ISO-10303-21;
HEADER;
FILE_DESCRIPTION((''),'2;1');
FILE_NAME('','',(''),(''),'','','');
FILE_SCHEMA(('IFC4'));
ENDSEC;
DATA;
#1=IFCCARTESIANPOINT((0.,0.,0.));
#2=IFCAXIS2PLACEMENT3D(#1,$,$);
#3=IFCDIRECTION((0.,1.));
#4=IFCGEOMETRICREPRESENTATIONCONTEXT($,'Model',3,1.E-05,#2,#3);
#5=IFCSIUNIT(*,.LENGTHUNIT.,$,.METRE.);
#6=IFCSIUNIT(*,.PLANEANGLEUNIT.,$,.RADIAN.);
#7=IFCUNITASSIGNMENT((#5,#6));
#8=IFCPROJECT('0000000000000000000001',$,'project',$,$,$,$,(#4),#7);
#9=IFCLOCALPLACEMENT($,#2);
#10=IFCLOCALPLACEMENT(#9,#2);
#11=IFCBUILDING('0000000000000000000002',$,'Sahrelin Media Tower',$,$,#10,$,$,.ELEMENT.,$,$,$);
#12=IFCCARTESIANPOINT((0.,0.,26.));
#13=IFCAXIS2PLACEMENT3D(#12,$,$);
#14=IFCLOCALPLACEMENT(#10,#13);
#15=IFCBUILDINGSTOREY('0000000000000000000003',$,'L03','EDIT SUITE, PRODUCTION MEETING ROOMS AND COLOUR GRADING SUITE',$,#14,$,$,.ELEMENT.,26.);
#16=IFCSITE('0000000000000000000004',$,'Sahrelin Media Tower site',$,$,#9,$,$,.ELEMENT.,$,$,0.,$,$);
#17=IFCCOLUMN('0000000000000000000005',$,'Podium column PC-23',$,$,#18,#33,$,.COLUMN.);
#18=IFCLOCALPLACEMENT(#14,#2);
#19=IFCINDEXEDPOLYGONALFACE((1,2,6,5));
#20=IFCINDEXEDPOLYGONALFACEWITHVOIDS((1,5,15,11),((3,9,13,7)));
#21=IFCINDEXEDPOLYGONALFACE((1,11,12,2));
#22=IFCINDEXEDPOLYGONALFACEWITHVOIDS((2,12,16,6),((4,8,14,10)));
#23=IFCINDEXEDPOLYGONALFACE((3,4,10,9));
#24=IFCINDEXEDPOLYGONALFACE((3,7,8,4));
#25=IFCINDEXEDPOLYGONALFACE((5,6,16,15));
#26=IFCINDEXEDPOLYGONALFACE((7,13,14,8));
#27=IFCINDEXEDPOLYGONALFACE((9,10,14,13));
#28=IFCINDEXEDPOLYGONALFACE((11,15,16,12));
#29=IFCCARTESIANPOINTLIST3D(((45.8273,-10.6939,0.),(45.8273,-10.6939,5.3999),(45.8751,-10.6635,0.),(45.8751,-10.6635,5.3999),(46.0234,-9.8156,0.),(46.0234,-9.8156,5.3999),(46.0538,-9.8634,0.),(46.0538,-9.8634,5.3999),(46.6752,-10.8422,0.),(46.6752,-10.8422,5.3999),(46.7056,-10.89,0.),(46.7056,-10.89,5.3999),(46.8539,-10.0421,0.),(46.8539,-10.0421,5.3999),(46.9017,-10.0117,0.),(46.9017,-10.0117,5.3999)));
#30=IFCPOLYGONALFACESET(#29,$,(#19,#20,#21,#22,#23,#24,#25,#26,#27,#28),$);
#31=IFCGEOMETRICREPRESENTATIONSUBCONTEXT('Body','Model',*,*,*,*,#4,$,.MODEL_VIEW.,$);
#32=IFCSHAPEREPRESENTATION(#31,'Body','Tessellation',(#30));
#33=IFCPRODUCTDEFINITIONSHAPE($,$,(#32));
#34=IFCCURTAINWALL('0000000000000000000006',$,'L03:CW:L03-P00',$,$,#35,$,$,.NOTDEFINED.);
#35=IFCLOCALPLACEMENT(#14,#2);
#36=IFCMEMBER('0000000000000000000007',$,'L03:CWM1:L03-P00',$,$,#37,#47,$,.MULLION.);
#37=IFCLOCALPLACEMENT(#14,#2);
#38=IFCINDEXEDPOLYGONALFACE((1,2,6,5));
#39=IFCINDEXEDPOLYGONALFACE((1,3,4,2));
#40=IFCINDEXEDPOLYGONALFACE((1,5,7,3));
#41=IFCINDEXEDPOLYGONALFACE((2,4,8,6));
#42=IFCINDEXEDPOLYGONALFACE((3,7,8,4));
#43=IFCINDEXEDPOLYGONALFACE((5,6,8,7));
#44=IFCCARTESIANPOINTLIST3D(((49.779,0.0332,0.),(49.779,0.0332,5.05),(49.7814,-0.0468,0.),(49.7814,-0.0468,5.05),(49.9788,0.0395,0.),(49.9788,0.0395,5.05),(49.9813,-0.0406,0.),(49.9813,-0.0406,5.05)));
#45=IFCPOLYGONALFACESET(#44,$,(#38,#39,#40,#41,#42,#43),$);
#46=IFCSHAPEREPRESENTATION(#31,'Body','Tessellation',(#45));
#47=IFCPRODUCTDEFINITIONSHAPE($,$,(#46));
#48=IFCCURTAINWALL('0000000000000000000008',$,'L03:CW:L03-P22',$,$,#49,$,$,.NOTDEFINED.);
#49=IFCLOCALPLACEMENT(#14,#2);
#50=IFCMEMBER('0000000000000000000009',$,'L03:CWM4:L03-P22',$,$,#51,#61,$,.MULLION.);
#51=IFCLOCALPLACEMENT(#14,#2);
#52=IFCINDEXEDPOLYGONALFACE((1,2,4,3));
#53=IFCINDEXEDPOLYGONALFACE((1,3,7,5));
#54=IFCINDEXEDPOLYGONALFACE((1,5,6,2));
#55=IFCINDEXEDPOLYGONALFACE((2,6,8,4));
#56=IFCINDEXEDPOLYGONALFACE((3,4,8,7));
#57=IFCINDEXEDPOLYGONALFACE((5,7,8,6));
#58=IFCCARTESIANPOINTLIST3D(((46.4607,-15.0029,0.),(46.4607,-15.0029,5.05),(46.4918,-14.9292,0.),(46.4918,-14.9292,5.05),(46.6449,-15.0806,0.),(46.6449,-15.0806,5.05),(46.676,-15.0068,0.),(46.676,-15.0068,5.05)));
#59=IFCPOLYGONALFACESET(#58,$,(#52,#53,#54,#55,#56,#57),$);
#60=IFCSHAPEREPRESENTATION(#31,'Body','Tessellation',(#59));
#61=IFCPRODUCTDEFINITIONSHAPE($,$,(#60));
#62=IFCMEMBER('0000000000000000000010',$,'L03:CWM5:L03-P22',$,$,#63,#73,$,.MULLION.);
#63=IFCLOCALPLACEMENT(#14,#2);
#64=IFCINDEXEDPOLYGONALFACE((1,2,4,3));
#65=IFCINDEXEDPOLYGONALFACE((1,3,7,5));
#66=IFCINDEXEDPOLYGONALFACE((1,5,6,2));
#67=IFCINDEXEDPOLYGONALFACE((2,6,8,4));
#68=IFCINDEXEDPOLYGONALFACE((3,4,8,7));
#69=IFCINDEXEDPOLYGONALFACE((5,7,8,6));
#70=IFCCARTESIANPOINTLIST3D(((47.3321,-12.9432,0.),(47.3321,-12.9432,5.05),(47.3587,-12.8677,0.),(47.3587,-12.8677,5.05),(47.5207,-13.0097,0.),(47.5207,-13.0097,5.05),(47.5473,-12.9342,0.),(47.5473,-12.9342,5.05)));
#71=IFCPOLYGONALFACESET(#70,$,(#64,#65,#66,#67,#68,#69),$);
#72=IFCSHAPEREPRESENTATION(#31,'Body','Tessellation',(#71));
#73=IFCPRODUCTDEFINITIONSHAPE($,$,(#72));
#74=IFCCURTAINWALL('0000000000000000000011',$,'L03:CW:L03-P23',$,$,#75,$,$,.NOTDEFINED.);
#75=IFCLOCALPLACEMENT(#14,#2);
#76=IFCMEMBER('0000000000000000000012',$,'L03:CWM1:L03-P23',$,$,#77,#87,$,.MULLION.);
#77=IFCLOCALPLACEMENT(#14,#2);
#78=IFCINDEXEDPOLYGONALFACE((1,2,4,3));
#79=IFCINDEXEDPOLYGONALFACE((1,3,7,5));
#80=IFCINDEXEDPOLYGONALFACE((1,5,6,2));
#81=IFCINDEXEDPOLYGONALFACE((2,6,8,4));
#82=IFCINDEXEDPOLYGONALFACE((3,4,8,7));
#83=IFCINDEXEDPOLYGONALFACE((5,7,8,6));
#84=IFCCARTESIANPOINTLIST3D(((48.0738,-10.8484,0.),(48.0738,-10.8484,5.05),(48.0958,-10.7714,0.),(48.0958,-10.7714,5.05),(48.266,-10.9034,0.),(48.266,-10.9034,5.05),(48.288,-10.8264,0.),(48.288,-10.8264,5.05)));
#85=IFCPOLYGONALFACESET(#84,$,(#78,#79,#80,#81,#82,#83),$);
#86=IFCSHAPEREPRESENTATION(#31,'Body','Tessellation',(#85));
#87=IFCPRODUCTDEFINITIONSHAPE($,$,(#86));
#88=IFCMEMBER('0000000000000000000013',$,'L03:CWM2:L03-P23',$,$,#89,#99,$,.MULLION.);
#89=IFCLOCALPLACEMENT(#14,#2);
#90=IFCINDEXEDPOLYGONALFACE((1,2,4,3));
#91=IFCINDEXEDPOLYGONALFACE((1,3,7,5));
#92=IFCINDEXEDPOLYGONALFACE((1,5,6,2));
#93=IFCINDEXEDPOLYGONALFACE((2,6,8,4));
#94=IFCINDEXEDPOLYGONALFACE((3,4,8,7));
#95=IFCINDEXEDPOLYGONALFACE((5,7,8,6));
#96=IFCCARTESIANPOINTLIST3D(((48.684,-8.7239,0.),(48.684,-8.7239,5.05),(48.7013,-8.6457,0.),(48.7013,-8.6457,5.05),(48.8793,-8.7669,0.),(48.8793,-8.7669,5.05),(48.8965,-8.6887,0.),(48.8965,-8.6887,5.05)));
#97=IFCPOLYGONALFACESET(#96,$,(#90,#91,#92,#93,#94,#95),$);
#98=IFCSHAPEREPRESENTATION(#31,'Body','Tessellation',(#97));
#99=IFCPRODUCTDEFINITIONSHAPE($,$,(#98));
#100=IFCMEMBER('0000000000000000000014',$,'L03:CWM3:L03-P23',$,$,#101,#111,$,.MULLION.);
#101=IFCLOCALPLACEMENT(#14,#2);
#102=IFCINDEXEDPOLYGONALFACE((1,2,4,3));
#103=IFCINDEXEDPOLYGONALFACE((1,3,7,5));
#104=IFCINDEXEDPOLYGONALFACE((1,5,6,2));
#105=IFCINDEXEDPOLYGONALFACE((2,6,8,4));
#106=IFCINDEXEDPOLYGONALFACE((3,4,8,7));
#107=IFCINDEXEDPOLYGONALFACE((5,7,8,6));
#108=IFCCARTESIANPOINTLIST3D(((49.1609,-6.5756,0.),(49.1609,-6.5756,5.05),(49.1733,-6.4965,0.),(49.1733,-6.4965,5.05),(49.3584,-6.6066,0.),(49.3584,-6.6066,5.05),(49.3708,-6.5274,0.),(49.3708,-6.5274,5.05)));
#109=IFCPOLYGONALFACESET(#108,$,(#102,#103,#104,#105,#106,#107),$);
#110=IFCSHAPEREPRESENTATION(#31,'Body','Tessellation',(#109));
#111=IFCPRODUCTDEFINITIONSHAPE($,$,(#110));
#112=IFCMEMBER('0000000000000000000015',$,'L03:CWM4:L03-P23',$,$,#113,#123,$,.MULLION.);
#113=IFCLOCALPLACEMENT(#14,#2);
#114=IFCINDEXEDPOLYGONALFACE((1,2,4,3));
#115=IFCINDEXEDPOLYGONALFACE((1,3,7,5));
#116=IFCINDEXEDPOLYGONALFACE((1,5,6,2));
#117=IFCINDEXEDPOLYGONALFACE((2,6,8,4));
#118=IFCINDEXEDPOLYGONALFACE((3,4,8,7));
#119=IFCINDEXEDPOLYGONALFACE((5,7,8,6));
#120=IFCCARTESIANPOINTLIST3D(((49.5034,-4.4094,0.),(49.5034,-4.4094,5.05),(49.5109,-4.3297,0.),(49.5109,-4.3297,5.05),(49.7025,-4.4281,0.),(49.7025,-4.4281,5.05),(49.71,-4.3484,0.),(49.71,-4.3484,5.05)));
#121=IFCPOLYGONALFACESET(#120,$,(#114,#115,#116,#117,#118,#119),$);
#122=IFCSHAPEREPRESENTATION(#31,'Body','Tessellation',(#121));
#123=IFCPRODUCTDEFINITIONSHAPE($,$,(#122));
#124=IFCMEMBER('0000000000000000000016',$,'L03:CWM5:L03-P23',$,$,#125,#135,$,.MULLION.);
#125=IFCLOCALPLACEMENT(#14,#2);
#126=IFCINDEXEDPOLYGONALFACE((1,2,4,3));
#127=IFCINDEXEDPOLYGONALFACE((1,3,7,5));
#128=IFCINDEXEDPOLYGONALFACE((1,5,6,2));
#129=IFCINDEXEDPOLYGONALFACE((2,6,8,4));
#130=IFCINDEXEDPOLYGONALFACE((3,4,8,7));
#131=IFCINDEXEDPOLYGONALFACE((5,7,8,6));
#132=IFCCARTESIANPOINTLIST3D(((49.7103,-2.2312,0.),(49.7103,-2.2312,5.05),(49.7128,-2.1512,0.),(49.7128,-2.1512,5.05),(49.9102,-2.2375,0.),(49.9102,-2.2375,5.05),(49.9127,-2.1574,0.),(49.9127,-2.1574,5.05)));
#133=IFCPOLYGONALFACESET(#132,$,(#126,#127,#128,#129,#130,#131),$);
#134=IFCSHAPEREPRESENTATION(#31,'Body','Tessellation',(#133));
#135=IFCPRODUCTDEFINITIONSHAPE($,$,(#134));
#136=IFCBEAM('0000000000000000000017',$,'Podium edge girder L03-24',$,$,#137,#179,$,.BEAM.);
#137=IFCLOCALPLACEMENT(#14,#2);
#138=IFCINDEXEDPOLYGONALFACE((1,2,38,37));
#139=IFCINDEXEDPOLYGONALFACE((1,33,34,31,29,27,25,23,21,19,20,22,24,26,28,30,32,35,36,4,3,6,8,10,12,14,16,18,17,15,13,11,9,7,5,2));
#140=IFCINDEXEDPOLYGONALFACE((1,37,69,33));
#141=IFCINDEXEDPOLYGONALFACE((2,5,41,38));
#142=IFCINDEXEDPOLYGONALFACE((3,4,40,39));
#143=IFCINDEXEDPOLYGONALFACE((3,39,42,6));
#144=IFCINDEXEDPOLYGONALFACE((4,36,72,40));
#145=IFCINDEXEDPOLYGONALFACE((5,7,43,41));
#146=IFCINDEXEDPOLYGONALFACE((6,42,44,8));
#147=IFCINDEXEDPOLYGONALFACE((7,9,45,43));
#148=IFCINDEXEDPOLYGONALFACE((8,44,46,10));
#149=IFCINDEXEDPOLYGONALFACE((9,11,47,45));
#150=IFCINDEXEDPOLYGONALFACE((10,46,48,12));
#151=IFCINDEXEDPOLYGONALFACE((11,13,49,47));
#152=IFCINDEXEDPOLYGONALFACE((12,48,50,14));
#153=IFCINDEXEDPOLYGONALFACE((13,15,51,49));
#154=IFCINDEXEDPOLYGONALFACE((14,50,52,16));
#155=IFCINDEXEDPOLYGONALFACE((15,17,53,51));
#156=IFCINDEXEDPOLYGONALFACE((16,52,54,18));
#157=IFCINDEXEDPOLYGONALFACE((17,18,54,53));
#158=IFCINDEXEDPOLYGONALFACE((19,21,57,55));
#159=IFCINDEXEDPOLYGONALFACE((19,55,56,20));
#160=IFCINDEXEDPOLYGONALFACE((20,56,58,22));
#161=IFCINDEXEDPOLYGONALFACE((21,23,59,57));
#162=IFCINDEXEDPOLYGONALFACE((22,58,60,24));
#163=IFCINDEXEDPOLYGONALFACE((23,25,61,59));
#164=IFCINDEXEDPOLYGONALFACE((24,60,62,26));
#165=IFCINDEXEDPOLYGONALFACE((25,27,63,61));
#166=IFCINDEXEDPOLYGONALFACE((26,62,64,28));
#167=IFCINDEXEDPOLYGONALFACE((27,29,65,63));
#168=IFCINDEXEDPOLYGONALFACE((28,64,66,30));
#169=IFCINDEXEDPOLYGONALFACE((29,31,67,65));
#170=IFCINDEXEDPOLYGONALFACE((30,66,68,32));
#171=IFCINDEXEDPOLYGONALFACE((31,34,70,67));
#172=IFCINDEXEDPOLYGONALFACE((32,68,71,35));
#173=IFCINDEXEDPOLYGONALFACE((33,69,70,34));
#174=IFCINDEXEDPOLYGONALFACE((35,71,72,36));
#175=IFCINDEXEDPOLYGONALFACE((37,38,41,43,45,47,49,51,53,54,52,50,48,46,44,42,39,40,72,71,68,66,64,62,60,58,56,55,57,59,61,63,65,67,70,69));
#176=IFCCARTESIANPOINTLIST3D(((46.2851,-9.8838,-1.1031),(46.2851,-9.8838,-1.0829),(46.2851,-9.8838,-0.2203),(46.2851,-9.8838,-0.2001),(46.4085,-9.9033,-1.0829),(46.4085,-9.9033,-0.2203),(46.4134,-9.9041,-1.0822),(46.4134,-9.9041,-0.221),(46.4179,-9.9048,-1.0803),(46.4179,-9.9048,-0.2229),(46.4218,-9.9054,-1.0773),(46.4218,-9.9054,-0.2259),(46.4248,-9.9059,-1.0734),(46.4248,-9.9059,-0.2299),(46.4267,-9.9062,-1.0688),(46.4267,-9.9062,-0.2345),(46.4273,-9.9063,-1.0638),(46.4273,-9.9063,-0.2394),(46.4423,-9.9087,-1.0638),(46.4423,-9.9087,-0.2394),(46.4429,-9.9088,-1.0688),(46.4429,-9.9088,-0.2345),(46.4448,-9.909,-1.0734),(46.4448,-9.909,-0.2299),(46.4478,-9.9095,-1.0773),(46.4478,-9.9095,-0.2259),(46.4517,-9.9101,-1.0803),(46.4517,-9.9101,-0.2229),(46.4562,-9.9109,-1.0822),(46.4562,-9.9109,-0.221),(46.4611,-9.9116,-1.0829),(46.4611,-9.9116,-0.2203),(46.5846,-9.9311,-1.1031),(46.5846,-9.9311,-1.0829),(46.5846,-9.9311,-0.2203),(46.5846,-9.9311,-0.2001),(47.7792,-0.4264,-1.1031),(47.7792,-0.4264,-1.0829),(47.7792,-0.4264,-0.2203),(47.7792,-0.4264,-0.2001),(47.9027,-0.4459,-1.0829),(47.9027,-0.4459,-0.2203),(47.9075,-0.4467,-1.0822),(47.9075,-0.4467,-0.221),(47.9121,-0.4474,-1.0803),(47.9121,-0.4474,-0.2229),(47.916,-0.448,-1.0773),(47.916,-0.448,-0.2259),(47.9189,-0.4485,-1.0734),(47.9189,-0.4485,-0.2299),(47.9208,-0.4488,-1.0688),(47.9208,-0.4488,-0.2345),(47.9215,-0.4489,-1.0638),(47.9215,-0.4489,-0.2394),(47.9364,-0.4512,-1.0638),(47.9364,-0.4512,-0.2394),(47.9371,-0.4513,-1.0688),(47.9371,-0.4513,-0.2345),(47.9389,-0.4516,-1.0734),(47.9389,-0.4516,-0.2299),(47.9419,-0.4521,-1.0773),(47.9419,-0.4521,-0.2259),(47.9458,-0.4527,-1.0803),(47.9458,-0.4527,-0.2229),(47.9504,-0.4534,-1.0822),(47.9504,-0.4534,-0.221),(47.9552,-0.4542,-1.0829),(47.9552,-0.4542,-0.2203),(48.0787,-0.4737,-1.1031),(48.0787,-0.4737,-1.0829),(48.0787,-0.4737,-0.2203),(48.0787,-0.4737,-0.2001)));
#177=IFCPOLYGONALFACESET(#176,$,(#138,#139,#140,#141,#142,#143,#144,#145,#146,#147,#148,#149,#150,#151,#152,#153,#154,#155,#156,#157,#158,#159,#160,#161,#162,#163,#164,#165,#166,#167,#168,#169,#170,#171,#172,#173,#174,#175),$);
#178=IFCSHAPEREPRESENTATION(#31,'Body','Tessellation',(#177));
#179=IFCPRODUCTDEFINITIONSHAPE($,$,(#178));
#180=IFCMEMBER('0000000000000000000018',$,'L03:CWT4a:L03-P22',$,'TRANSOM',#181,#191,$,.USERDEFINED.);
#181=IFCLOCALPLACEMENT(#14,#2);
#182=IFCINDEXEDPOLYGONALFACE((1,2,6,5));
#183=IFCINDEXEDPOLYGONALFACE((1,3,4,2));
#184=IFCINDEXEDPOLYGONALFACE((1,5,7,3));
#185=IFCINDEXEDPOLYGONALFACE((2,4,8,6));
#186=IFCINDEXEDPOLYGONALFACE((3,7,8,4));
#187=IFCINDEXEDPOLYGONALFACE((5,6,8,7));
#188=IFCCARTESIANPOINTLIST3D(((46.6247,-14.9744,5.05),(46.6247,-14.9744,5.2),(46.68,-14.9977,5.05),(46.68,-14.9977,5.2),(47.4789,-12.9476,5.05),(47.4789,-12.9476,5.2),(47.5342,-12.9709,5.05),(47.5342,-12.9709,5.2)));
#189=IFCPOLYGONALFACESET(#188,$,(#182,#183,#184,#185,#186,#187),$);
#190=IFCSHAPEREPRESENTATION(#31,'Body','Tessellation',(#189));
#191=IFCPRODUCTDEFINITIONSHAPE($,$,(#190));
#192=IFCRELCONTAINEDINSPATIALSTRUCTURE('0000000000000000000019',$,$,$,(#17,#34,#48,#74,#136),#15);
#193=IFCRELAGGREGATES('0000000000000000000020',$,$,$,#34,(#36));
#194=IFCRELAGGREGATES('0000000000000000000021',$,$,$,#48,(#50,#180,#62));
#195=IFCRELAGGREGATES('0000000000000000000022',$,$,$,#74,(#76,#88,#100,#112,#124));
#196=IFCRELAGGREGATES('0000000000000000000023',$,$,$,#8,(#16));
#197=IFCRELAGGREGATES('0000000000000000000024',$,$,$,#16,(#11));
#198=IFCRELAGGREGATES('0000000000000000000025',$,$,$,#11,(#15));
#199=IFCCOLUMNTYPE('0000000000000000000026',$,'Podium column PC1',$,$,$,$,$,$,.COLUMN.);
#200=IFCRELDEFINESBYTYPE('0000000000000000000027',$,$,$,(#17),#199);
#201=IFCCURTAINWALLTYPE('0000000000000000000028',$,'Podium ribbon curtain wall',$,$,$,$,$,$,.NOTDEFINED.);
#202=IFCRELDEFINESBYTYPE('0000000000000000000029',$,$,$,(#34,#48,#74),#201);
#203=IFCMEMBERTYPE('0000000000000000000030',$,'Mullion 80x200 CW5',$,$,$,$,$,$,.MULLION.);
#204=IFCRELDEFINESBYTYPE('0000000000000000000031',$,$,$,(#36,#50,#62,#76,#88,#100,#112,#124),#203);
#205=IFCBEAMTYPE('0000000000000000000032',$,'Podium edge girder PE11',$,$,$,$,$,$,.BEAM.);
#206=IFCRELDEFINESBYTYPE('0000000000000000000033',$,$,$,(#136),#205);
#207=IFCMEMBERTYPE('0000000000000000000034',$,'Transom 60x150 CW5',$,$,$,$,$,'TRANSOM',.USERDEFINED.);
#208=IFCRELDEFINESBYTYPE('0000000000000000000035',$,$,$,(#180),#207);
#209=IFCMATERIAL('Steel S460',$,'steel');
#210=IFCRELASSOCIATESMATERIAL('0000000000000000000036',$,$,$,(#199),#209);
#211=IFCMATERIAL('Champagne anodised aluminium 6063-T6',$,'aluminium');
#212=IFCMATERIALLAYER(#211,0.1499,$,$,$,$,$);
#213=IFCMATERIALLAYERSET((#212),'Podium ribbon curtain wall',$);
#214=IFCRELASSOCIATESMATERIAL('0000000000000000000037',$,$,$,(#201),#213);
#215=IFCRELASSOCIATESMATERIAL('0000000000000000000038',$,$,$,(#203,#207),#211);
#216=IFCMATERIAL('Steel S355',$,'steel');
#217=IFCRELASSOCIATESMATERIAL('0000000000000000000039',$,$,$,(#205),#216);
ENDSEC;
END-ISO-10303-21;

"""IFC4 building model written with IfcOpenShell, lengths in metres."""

from ifc_helpers import new_model, si_unit, direction, frame, origin, origin_2d, place, context, subcontext, project, spatial, rectangle, hollow_rectangle, i_section, extrude, material, layer, layer_set, material_profile, profile_set, type_object, element, aggregate, save


model = new_model("IFC4")

# Units and contexts
model_context = context("Model", 3, precision=1e-05, world=origin(), true_north=direction((0.0, 1.0)))
body_context = subcontext(model_context, "Body", "Model", "MODEL_VIEW")
ifc_project = project(units=[si_unit("LENGTHUNIT", "METRE"), si_unit("PLANEANGLEUNIT", "RADIAN")], contexts=[model_context])

# Site, building, storey
site_placement = place(None, origin())
site = spatial("IfcSite", under=ifc_project, at=site_placement, Name="Sahrelin Media Tower site", CompositionType="ELEMENT", RefElevation=0.0)
building_placement = place(site_placement, origin())
building = spatial("IfcBuilding", under=site, at=building_placement, Name="Sahrelin Media Tower", CompositionType="ELEMENT")
storey_placement = place(building_placement, frame((0.0, 0.0, 26.0)))
storey = spatial("IfcBuildingStorey", under=building, at=storey_placement, Name="L03", Description="EDIT SUITE, PRODUCTION MEETING ROOMS AND COLOUR GRADING SUITE", CompositionType="ELEMENT", Elevation=26.0)

# Column
ifc_material_1 = material(Name="Steel S460", Category="steel")
ifc_material_profile_1 = material_profile(ifc_material_1, hollow_rectangle(XDim=0.8999, YDim=0.8999, WallThickness=0.04, at=origin_2d()), Name="Podium column PC1")
ifc_profile_set_1 = profile_set([ifc_material_profile_1], Name="Steel S460")
column_type = type_object("IfcColumnType", Name="Podium column PC1", PredefinedType="COLUMN", material=ifc_profile_set_1)
column_placement = place(storey_placement, frame((46.3645, -10.3528, 0.0), z_axis=(0.0, 0.0, 1.0), x_axis=(0.975965, -0.217925, 0.0)))
element("IfcColumn", 1, at=column_placement, inside=storey, type_object=column_type, Name="Podium column PC-23", PredefinedType="COLUMN", context=body_context, shape_type="SweptSolid", body=[
    extrude(hollow_rectangle(XDim=0.8999, YDim=0.8999, WallThickness=0.04, at=origin_2d()), origin(), (0.0, 0.0, 1.0), 5.3999),
])

# Curtain wall, member
ifc_material_2 = material(Name="Champagne anodised aluminium 6063-T6", Category="aluminium")
ifc_layer_1 = layer(ifc_material_2, 0.1499)
ifc_layer_set_1 = layer_set([ifc_layer_1], Name="Podium ribbon curtain wall")
curtain_wall_type = type_object("IfcCurtainWallType", Name="Podium ribbon curtain wall", PredefinedType="NOTDEFINED", material=ifc_layer_set_1)
curtain_wall_1_placement = place(storey_placement, frame((50.0, 0.0, 0.0), z_axis=(0.0, 0.0, 1.0), x_axis=(1.0, 0.0, 0.0)))
curtain_wall_1 = element("IfcCurtainWall", 2, at=curtain_wall_1_placement, inside=storey, type_object=curtain_wall_type, Name="L03:CW:L03-P00", PredefinedType="NOTDEFINED")
ifc_material_profile_2 = material_profile(ifc_material_2, rectangle(XDim=0.0801, YDim=0.2, at=origin_2d()), Name="Mullion 80x200")
ifc_profile_set_2 = profile_set([ifc_material_profile_2], Name="Champagne anodised aluminium 6063-T6")
member_type_1 = type_object("IfcMemberType", Name="Mullion 80x200 CW5", PredefinedType="MULLION", material=ifc_profile_set_2)
member_1_placement = place(storey_placement, frame((49.8801, -0.0037, 0.0), z_axis=(0.0, 0.0, 1.0), x_axis=(-0.031147, 0.999515, 0.0)))
member_1 = element("IfcMember", 3, at=member_1_placement, type_object=member_type_1, Name="L03:CWM1:L03-P00", PredefinedType="MULLION", context=body_context, shape_type="SweptSolid", body=[
    extrude(rectangle(XDim=0.0801, YDim=0.2, at=origin_2d()), origin(), (0.0, 0.0, 1.0), 5.05),
])
aggregate(curtain_wall_1, [member_1])

# Curtain walls, members
curtain_wall_2_placement = place(storey_placement, frame((43.3013, -21.0, 0.0), z_axis=(0.0, 0.0, 1.0), x_axis=(1.0, 0.0, 0.0)))
curtain_wall_2 = element("IfcCurtainWall", 4, at=curtain_wall_2_placement, inside=storey, type_object=curtain_wall_type, Name="L03:CW:L03-P22", PredefinedType="NOTDEFINED")
member_2_placement = place(storey_placement, frame((46.5684, -15.0049, 0.0), z_axis=(0.0, 0.0, 1.0), x_axis=(0.38845, 0.92147, 0.0)))
member_2 = element("IfcMember", 5, at=member_2_placement, type_object=member_type_1, Name="L03:CWM4:L03-P22", PredefinedType="MULLION", context=body_context, shape_type="SweptSolid", body=[
    extrude(rectangle(XDim=0.0801, YDim=0.2, at=origin_2d()), origin(), (0.0, 0.0, 1.0), 5.05),
])
member_3_placement = place(storey_placement, frame((47.4397, -12.9387, 0.0), z_axis=(0.0, 0.0, 1.0), x_axis=(0.332579, 0.943075, 0.0)))
member_3 = element("IfcMember", 6, at=member_3_placement, type_object=member_type_1, Name="L03:CWM5:L03-P22", PredefinedType="MULLION", context=body_context, shape_type="SweptSolid", body=[
    extrude(rectangle(XDim=0.0801, YDim=0.2, at=origin_2d()), origin(), (0.0, 0.0, 1.0), 5.05),
])
curtain_wall_3_placement = place(storey_placement, frame((48.2964, -10.8704, 0.0), z_axis=(0.0, 0.0, 1.0), x_axis=(1.0, 0.0, 0.0)))
curtain_wall_3 = element("IfcCurtainWall", 7, at=curtain_wall_3_placement, inside=storey, type_object=curtain_wall_type, Name="L03:CW:L03-P23", PredefinedType="NOTDEFINED")
member_4_placement = place(storey_placement, frame((48.1809, -10.8374, 0.0), z_axis=(0.0, 0.0, 1.0), x_axis=(0.27481, 0.961499, 0.0)))
member_4 = element("IfcMember", 8, at=member_4_placement, type_object=member_type_1, Name="L03:CWM1:L03-P23", PredefinedType="MULLION", context=body_context, shape_type="SweptSolid", body=[
    extrude(rectangle(XDim=0.0801, YDim=0.2, at=origin_2d()), origin(), (0.0, 0.0, 1.0), 5.05),
])
member_5_placement = place(storey_placement, frame((48.7903, -8.7063, 0.0), z_axis=(0.0, 0.0, 1.0), x_axis=(0.215438, 0.976518, 0.0)))
member_5 = element("IfcMember", 9, at=member_5_placement, type_object=member_type_1, Name="L03:CWM2:L03-P23", PredefinedType="MULLION", context=body_context, shape_type="SweptSolid", body=[
    extrude(rectangle(XDim=0.0801, YDim=0.2, at=origin_2d()), origin(), (0.0, 0.0, 1.0), 5.05),
])
member_6_placement = place(storey_placement, frame((49.2659, -6.5515, 0.0), z_axis=(0.0, 0.0, 1.0), x_axis=(0.154852, 0.987938, 0.0)))
member_6 = element("IfcMember", 10, at=member_6_placement, type_object=member_type_1, Name="L03:CWM3:L03-P23", PredefinedType="MULLION", context=body_context, shape_type="SweptSolid", body=[
    extrude(rectangle(XDim=0.0801, YDim=0.2, at=origin_2d()), origin(), (0.0, 0.0, 1.0), 5.05),
])
member_7_placement = place(storey_placement, frame((49.6067, -4.3789, 0.0), z_axis=(0.0, 0.0, 1.0), x_axis=(0.093292, 0.995639, 0.0)))
member_7 = element("IfcMember", 11, at=member_7_placement, type_object=member_type_1, Name="L03:CWM4:L03-P23", PredefinedType="MULLION", context=body_context, shape_type="SweptSolid", body=[
    extrude(rectangle(XDim=0.0801, YDim=0.2, at=origin_2d()), origin(), (0.0, 0.0, 1.0), 5.05),
])
member_8_placement = place(storey_placement, frame((49.8115, -2.1943, 0.0), z_axis=(0.0, 0.0, 1.0), x_axis=(0.031147, 0.999515, 0.0)))
member_8 = element("IfcMember", 12, at=member_8_placement, type_object=member_type_1, Name="L03:CWM5:L03-P23", PredefinedType="MULLION", context=body_context, shape_type="SweptSolid", body=[
    extrude(rectangle(XDim=0.0801, YDim=0.2, at=origin_2d()), origin(), (0.0, 0.0, 1.0), 5.05),
])

# Beam
ifc_material_3 = material(Name="Steel S355", Category="steel")
ifc_material_profile_3 = material_profile(ifc_material_3, i_section(OverallWidth=0.3032, OverallDepth=0.9031, WebThickness=0.0151, FlangeThickness=0.0203, FilletRadius=0.019, at=origin_2d()), Name="UB 914x305x201")
ifc_profile_set_3 = profile_set([ifc_material_profile_3], Name="Steel S355")
beam_type = type_object("IfcBeamType", Name="Podium edge girder PE11", PredefinedType="BEAM", material=ifc_profile_set_3)
beam_placement = place(storey_placement, frame((46.4348, -9.9075, -0.6516), z_axis=(0.156049, 0.987749, 0.0), x_axis=(-0.987749, 0.156049, 0.0)))
element("IfcBeam", 13, at=beam_placement, inside=storey, type_object=beam_type, Name="Podium edge girder L03-24", PredefinedType="BEAM", context=body_context, shape_type="SweptSolid", body=[
    extrude(i_section(OverallWidth=0.3032, OverallDepth=0.9031, WebThickness=0.0151, FlangeThickness=0.0203, FilletRadius=0.019, at=origin_2d()), origin(), (0.0, 0.0, 1.0), 9.5747),
])

# Member
ifc_material_profile_4 = material_profile(ifc_material_2, rectangle(XDim=0.0601, YDim=0.1499, at=origin_2d()), Name="Transom 60x150")
ifc_profile_set_4 = profile_set([ifc_material_profile_4], Name="Champagne anodised aluminium 6063-T6")
member_type_2 = type_object("IfcMemberType", Name="Transom 60x150 CW5", ElementType="TRANSOM", PredefinedType="USERDEFINED", material=ifc_profile_set_4)
member_9_placement = place(storey_placement, frame((46.6523, -14.9861, 5.125), z_axis=(0.38838, 0.9215, 0.0), x_axis=(-0.9215, 0.38838, 0.0)))
member_9 = element("IfcMember", 14, at=member_9_placement, type_object=member_type_2, Name="L03:CWT4a:L03-P22", ObjectType="TRANSOM", PredefinedType="USERDEFINED", context=body_context, shape_type="SweptSolid", body=[
    extrude(rectangle(XDim=0.0601, YDim=0.1499, at=origin_2d()), origin(), (0.0, 0.0, 1.0), 2.1995),
])

aggregate(curtain_wall_2, [member_2, member_9, member_3])
aggregate(curtain_wall_3, [member_4, member_5, member_6, member_7, member_8])

save(model, "model.ifc")
